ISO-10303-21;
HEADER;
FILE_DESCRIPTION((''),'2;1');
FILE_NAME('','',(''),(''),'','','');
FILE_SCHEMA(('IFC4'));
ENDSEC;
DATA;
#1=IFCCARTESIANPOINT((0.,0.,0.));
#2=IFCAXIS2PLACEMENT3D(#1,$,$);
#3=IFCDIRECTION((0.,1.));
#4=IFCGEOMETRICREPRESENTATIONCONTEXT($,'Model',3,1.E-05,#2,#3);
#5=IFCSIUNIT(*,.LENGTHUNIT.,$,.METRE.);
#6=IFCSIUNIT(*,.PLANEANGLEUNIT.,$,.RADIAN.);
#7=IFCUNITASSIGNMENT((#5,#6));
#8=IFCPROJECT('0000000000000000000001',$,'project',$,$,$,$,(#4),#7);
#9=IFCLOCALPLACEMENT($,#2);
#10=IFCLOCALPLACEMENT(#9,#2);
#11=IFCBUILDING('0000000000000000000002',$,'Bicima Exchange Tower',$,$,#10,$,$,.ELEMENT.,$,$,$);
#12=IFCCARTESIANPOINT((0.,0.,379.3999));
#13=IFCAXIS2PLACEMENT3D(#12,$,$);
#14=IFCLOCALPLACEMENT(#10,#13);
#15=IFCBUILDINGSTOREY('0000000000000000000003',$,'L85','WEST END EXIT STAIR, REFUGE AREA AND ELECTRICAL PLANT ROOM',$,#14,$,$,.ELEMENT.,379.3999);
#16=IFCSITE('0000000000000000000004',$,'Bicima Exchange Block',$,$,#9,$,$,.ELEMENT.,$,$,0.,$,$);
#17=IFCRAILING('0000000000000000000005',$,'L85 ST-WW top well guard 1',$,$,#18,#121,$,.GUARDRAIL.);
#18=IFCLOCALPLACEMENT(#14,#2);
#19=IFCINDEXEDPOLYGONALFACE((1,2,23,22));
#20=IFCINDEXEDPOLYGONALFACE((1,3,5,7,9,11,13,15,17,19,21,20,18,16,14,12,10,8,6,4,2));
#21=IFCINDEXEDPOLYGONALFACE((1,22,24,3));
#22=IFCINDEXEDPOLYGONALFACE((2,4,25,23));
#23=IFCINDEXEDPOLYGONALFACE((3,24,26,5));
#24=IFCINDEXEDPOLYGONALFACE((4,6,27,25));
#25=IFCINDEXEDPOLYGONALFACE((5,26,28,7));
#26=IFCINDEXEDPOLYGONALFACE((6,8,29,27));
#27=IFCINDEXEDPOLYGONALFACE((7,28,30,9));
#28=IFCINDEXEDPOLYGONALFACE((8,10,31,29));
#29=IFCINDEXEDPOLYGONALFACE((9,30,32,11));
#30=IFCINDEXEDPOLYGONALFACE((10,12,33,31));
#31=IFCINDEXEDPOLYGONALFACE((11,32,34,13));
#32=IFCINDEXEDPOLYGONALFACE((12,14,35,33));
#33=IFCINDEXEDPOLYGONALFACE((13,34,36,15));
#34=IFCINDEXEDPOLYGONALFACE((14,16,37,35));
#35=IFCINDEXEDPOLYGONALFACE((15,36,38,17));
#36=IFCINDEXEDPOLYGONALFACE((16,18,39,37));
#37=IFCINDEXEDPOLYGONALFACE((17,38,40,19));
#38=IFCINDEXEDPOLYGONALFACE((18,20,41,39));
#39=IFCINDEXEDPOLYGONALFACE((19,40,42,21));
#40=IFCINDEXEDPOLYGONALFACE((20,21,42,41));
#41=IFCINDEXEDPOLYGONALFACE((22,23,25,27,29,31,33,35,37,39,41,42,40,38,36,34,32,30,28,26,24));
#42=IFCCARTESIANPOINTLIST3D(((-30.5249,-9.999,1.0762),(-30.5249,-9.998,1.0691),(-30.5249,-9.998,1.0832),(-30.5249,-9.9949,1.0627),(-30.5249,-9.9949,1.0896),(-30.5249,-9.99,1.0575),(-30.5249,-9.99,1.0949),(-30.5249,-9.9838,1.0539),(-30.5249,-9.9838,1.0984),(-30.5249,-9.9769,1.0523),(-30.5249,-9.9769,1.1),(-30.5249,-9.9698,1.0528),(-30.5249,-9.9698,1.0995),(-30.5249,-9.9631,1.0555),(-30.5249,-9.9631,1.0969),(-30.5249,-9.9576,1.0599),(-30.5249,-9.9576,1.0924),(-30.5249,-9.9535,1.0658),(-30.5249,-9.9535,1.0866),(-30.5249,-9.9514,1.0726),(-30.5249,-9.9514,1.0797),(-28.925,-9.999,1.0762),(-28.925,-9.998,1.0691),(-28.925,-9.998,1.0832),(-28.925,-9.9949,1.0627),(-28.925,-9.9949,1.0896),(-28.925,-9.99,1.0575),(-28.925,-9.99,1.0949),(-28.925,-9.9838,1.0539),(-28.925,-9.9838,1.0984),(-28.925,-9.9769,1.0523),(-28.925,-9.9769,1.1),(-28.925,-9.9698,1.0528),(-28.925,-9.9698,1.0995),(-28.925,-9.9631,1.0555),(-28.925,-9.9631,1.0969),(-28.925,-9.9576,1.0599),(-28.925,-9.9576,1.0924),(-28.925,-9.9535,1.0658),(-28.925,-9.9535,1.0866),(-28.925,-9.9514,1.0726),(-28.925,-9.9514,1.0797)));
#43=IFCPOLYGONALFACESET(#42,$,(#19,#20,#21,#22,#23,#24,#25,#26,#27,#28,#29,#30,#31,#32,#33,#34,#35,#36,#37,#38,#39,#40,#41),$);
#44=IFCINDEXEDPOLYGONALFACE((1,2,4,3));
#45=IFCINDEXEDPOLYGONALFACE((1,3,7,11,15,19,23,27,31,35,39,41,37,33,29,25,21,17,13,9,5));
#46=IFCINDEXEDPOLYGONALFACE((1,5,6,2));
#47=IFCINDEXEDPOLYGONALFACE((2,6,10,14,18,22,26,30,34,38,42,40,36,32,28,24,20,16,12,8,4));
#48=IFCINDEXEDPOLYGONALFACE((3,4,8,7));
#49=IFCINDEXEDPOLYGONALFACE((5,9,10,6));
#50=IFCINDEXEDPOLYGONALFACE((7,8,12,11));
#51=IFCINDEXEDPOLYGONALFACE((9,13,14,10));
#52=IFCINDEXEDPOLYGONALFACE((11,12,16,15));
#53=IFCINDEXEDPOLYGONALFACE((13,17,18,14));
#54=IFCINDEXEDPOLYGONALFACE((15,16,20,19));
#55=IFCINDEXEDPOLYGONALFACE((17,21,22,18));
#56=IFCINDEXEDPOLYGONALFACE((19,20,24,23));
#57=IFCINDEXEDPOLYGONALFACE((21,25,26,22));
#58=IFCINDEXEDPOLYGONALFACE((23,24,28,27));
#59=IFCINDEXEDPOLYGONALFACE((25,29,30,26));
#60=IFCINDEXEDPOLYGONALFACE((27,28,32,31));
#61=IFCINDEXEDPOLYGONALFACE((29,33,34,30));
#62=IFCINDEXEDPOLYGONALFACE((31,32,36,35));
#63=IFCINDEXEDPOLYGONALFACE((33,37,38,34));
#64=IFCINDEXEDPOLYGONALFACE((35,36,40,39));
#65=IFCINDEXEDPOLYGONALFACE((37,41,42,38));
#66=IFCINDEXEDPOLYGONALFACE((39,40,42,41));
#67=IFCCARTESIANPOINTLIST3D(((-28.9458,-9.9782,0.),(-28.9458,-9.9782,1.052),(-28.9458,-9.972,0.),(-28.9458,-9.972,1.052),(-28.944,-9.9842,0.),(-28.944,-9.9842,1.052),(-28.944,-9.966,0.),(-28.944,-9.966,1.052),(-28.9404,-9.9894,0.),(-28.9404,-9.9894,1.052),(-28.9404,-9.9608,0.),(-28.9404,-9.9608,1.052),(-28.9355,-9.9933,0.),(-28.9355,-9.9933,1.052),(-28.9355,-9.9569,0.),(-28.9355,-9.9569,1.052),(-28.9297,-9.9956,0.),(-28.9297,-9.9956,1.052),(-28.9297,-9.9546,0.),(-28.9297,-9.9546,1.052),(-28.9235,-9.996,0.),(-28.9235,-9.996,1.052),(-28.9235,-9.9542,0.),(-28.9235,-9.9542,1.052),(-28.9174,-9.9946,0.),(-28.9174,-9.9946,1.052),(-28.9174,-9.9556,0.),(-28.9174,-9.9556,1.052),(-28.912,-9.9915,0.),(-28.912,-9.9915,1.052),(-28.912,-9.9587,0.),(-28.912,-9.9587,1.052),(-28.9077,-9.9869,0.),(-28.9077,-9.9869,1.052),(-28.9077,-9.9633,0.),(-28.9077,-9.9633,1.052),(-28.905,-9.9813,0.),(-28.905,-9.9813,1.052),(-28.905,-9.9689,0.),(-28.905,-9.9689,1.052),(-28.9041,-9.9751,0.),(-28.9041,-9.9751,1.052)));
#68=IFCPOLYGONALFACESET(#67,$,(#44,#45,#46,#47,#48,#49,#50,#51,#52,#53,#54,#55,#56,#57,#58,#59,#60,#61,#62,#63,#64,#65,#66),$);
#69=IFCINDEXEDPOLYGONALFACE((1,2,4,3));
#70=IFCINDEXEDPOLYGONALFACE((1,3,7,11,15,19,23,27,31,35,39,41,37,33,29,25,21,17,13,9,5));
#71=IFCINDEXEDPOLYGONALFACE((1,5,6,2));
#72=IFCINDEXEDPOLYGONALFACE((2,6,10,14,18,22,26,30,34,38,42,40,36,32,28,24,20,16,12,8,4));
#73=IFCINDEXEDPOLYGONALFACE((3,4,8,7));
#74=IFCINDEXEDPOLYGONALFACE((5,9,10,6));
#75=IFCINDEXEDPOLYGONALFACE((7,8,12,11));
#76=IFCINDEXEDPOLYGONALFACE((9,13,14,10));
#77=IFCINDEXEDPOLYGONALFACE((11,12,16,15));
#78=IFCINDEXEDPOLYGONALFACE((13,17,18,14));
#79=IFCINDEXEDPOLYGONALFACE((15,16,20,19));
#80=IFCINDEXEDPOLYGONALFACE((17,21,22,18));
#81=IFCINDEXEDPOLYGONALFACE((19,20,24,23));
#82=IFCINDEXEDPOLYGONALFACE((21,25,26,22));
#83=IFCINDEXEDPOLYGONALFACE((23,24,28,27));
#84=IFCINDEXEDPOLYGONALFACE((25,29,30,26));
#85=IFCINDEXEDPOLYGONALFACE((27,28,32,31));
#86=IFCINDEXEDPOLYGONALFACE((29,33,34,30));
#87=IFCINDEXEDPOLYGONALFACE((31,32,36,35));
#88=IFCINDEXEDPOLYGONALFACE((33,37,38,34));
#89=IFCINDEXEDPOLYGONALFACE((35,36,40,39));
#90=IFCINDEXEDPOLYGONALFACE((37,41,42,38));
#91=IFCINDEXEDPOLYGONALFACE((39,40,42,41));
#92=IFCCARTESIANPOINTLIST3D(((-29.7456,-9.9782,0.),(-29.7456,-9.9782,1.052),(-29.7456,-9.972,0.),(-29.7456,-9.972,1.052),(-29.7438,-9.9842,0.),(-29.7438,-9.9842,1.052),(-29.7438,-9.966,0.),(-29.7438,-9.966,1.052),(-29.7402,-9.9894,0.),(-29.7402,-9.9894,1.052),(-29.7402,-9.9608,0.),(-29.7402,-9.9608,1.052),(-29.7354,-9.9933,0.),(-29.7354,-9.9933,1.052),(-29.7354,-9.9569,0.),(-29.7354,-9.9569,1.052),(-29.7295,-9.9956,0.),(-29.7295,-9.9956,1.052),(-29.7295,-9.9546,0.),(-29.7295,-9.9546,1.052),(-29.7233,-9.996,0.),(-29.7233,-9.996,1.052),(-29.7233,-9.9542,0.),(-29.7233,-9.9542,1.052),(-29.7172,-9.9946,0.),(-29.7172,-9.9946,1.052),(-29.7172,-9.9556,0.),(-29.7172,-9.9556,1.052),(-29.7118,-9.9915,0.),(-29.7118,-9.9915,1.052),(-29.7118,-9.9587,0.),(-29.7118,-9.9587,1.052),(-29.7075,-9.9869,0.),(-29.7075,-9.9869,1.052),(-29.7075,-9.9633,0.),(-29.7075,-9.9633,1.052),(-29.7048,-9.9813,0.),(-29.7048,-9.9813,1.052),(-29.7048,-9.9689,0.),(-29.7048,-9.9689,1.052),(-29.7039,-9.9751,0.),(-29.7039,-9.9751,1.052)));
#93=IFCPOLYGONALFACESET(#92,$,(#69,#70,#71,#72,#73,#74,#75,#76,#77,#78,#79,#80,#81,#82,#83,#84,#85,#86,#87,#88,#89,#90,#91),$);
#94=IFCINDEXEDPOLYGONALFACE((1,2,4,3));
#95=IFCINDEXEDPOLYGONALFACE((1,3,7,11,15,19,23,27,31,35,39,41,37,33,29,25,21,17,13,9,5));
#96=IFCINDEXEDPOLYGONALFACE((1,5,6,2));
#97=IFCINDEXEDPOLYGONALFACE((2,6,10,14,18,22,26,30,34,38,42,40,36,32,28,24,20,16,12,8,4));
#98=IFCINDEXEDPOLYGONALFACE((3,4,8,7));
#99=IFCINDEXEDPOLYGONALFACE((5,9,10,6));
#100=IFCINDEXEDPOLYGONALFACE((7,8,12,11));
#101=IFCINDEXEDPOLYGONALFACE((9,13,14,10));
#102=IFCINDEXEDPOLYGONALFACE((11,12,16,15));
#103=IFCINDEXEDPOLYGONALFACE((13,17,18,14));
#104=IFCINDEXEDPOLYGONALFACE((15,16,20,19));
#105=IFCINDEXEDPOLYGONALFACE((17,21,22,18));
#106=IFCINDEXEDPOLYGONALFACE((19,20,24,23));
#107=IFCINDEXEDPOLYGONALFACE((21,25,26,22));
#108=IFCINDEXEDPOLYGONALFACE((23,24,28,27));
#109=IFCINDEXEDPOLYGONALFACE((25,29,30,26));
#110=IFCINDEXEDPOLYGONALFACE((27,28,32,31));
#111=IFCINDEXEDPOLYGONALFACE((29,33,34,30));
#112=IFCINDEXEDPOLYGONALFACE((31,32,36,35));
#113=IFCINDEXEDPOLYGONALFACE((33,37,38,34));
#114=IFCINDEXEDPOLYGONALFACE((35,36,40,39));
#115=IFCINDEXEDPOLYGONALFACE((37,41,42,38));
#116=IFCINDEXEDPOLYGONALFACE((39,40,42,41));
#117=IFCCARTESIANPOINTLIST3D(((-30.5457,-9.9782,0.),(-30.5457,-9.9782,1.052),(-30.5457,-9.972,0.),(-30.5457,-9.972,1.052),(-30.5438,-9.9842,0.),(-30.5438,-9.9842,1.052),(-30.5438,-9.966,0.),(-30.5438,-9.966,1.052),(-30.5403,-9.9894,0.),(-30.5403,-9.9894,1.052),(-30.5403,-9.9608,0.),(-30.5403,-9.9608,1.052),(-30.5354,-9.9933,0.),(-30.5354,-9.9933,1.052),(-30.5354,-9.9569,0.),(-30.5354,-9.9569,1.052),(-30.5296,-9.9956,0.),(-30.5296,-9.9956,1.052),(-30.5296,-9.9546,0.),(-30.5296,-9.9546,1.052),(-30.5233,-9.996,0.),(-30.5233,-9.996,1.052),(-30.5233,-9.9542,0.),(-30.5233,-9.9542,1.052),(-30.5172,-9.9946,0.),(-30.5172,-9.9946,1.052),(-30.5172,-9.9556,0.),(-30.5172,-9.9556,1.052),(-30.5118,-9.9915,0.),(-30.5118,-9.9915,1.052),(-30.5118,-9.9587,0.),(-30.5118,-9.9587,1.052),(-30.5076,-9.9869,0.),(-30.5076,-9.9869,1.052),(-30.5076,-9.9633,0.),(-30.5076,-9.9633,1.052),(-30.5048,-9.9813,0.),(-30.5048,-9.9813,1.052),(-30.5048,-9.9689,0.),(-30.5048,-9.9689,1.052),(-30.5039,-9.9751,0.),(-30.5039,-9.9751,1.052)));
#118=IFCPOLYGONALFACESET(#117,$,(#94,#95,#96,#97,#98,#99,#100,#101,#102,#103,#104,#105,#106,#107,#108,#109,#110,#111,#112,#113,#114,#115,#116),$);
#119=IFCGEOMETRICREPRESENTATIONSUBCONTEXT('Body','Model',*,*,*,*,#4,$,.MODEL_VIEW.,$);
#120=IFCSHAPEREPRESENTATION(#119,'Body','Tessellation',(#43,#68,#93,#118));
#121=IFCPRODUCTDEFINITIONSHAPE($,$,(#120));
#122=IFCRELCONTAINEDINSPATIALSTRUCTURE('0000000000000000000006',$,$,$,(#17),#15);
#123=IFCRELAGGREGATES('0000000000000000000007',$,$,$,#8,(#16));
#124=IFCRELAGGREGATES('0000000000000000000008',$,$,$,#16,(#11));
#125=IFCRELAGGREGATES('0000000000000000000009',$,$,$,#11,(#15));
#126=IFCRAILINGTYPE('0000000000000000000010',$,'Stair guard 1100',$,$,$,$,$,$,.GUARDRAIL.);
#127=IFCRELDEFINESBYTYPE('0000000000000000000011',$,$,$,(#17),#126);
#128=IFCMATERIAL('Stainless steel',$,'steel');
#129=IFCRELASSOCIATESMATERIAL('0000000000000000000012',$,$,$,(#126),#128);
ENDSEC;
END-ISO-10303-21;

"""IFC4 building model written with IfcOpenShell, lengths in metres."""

from ifc_helpers import new_model, si_unit, direction, frame, origin, origin_2d, place, context, subcontext, project, spatial, circle, extrude, material, type_object, element, save


model = new_model("IFC4")

# Units and contexts
model_context = context("Model", 3, precision=1e-05, world=origin(), true_north=direction((0.0, 1.0)))
body_context = subcontext(model_context, "Body", "Model", "MODEL_VIEW")
ifc_project = project(units=[si_unit("LENGTHUNIT", "METRE"), si_unit("PLANEANGLEUNIT", "RADIAN")], contexts=[model_context])

# Site, building, storey
site_placement = place(None, origin())
site = spatial("IfcSite", under=ifc_project, at=site_placement, Name="Bicima Exchange Block", CompositionType="ELEMENT", RefElevation=0.0)
building_placement = place(site_placement, origin())
building = spatial("IfcBuilding", under=site, at=building_placement, Name="Bicima Exchange Tower", CompositionType="ELEMENT")
storey_placement = place(building_placement, frame((0.0, 0.0, 379.3999)))
storey = spatial("IfcBuildingStorey", under=building, at=storey_placement, Name="L85", Description="WEST END EXIT STAIR, REFUGE AREA AND ELECTRICAL PLANT ROOM", CompositionType="ELEMENT", Elevation=379.3999)

# Railing
ifc_material_1 = material(Name="Stainless steel", Category="steel")
railing_type_1 = type_object("IfcRailingType", Name="Stair guard 1100", PredefinedType="GUARDRAIL", material=ifc_material_1)
railing_1_placement = place(storey_placement, frame((-28.925, -9.9751, 0.0)))
element("IfcRailing", 1, at=railing_1_placement, inside=storey, type_object=railing_type_1, Name="L85 ST-WW top well guard 1", PredefinedType="GUARDRAIL", context=body_context, shape_type="SweptSolid", body=[
    extrude(circle(Radius=0.0239, at=origin_2d()), frame((0.0, 0.0, 1.0762), z_axis=(-1.0, 0.0, 0.0), x_axis=(0.0, -1.0, 0.0)), (0.0, 0.0, 1.0), 1.5999),
    extrude(circle(Radius=0.021, at=origin_2d()), origin(), (0.0, 0.0, 1.0), 1.052),
    extrude(circle(Radius=0.021, at=origin_2d()), frame((-0.7998, 0.0, 0.0)), (0.0, 0.0, 1.0), 1.052),
    extrude(circle(Radius=0.021, at=origin_2d()), frame((-1.5999, 0.0, 0.0)), (0.0, 0.0, 1.0), 1.052),
])

save(model, "model.ifc")
